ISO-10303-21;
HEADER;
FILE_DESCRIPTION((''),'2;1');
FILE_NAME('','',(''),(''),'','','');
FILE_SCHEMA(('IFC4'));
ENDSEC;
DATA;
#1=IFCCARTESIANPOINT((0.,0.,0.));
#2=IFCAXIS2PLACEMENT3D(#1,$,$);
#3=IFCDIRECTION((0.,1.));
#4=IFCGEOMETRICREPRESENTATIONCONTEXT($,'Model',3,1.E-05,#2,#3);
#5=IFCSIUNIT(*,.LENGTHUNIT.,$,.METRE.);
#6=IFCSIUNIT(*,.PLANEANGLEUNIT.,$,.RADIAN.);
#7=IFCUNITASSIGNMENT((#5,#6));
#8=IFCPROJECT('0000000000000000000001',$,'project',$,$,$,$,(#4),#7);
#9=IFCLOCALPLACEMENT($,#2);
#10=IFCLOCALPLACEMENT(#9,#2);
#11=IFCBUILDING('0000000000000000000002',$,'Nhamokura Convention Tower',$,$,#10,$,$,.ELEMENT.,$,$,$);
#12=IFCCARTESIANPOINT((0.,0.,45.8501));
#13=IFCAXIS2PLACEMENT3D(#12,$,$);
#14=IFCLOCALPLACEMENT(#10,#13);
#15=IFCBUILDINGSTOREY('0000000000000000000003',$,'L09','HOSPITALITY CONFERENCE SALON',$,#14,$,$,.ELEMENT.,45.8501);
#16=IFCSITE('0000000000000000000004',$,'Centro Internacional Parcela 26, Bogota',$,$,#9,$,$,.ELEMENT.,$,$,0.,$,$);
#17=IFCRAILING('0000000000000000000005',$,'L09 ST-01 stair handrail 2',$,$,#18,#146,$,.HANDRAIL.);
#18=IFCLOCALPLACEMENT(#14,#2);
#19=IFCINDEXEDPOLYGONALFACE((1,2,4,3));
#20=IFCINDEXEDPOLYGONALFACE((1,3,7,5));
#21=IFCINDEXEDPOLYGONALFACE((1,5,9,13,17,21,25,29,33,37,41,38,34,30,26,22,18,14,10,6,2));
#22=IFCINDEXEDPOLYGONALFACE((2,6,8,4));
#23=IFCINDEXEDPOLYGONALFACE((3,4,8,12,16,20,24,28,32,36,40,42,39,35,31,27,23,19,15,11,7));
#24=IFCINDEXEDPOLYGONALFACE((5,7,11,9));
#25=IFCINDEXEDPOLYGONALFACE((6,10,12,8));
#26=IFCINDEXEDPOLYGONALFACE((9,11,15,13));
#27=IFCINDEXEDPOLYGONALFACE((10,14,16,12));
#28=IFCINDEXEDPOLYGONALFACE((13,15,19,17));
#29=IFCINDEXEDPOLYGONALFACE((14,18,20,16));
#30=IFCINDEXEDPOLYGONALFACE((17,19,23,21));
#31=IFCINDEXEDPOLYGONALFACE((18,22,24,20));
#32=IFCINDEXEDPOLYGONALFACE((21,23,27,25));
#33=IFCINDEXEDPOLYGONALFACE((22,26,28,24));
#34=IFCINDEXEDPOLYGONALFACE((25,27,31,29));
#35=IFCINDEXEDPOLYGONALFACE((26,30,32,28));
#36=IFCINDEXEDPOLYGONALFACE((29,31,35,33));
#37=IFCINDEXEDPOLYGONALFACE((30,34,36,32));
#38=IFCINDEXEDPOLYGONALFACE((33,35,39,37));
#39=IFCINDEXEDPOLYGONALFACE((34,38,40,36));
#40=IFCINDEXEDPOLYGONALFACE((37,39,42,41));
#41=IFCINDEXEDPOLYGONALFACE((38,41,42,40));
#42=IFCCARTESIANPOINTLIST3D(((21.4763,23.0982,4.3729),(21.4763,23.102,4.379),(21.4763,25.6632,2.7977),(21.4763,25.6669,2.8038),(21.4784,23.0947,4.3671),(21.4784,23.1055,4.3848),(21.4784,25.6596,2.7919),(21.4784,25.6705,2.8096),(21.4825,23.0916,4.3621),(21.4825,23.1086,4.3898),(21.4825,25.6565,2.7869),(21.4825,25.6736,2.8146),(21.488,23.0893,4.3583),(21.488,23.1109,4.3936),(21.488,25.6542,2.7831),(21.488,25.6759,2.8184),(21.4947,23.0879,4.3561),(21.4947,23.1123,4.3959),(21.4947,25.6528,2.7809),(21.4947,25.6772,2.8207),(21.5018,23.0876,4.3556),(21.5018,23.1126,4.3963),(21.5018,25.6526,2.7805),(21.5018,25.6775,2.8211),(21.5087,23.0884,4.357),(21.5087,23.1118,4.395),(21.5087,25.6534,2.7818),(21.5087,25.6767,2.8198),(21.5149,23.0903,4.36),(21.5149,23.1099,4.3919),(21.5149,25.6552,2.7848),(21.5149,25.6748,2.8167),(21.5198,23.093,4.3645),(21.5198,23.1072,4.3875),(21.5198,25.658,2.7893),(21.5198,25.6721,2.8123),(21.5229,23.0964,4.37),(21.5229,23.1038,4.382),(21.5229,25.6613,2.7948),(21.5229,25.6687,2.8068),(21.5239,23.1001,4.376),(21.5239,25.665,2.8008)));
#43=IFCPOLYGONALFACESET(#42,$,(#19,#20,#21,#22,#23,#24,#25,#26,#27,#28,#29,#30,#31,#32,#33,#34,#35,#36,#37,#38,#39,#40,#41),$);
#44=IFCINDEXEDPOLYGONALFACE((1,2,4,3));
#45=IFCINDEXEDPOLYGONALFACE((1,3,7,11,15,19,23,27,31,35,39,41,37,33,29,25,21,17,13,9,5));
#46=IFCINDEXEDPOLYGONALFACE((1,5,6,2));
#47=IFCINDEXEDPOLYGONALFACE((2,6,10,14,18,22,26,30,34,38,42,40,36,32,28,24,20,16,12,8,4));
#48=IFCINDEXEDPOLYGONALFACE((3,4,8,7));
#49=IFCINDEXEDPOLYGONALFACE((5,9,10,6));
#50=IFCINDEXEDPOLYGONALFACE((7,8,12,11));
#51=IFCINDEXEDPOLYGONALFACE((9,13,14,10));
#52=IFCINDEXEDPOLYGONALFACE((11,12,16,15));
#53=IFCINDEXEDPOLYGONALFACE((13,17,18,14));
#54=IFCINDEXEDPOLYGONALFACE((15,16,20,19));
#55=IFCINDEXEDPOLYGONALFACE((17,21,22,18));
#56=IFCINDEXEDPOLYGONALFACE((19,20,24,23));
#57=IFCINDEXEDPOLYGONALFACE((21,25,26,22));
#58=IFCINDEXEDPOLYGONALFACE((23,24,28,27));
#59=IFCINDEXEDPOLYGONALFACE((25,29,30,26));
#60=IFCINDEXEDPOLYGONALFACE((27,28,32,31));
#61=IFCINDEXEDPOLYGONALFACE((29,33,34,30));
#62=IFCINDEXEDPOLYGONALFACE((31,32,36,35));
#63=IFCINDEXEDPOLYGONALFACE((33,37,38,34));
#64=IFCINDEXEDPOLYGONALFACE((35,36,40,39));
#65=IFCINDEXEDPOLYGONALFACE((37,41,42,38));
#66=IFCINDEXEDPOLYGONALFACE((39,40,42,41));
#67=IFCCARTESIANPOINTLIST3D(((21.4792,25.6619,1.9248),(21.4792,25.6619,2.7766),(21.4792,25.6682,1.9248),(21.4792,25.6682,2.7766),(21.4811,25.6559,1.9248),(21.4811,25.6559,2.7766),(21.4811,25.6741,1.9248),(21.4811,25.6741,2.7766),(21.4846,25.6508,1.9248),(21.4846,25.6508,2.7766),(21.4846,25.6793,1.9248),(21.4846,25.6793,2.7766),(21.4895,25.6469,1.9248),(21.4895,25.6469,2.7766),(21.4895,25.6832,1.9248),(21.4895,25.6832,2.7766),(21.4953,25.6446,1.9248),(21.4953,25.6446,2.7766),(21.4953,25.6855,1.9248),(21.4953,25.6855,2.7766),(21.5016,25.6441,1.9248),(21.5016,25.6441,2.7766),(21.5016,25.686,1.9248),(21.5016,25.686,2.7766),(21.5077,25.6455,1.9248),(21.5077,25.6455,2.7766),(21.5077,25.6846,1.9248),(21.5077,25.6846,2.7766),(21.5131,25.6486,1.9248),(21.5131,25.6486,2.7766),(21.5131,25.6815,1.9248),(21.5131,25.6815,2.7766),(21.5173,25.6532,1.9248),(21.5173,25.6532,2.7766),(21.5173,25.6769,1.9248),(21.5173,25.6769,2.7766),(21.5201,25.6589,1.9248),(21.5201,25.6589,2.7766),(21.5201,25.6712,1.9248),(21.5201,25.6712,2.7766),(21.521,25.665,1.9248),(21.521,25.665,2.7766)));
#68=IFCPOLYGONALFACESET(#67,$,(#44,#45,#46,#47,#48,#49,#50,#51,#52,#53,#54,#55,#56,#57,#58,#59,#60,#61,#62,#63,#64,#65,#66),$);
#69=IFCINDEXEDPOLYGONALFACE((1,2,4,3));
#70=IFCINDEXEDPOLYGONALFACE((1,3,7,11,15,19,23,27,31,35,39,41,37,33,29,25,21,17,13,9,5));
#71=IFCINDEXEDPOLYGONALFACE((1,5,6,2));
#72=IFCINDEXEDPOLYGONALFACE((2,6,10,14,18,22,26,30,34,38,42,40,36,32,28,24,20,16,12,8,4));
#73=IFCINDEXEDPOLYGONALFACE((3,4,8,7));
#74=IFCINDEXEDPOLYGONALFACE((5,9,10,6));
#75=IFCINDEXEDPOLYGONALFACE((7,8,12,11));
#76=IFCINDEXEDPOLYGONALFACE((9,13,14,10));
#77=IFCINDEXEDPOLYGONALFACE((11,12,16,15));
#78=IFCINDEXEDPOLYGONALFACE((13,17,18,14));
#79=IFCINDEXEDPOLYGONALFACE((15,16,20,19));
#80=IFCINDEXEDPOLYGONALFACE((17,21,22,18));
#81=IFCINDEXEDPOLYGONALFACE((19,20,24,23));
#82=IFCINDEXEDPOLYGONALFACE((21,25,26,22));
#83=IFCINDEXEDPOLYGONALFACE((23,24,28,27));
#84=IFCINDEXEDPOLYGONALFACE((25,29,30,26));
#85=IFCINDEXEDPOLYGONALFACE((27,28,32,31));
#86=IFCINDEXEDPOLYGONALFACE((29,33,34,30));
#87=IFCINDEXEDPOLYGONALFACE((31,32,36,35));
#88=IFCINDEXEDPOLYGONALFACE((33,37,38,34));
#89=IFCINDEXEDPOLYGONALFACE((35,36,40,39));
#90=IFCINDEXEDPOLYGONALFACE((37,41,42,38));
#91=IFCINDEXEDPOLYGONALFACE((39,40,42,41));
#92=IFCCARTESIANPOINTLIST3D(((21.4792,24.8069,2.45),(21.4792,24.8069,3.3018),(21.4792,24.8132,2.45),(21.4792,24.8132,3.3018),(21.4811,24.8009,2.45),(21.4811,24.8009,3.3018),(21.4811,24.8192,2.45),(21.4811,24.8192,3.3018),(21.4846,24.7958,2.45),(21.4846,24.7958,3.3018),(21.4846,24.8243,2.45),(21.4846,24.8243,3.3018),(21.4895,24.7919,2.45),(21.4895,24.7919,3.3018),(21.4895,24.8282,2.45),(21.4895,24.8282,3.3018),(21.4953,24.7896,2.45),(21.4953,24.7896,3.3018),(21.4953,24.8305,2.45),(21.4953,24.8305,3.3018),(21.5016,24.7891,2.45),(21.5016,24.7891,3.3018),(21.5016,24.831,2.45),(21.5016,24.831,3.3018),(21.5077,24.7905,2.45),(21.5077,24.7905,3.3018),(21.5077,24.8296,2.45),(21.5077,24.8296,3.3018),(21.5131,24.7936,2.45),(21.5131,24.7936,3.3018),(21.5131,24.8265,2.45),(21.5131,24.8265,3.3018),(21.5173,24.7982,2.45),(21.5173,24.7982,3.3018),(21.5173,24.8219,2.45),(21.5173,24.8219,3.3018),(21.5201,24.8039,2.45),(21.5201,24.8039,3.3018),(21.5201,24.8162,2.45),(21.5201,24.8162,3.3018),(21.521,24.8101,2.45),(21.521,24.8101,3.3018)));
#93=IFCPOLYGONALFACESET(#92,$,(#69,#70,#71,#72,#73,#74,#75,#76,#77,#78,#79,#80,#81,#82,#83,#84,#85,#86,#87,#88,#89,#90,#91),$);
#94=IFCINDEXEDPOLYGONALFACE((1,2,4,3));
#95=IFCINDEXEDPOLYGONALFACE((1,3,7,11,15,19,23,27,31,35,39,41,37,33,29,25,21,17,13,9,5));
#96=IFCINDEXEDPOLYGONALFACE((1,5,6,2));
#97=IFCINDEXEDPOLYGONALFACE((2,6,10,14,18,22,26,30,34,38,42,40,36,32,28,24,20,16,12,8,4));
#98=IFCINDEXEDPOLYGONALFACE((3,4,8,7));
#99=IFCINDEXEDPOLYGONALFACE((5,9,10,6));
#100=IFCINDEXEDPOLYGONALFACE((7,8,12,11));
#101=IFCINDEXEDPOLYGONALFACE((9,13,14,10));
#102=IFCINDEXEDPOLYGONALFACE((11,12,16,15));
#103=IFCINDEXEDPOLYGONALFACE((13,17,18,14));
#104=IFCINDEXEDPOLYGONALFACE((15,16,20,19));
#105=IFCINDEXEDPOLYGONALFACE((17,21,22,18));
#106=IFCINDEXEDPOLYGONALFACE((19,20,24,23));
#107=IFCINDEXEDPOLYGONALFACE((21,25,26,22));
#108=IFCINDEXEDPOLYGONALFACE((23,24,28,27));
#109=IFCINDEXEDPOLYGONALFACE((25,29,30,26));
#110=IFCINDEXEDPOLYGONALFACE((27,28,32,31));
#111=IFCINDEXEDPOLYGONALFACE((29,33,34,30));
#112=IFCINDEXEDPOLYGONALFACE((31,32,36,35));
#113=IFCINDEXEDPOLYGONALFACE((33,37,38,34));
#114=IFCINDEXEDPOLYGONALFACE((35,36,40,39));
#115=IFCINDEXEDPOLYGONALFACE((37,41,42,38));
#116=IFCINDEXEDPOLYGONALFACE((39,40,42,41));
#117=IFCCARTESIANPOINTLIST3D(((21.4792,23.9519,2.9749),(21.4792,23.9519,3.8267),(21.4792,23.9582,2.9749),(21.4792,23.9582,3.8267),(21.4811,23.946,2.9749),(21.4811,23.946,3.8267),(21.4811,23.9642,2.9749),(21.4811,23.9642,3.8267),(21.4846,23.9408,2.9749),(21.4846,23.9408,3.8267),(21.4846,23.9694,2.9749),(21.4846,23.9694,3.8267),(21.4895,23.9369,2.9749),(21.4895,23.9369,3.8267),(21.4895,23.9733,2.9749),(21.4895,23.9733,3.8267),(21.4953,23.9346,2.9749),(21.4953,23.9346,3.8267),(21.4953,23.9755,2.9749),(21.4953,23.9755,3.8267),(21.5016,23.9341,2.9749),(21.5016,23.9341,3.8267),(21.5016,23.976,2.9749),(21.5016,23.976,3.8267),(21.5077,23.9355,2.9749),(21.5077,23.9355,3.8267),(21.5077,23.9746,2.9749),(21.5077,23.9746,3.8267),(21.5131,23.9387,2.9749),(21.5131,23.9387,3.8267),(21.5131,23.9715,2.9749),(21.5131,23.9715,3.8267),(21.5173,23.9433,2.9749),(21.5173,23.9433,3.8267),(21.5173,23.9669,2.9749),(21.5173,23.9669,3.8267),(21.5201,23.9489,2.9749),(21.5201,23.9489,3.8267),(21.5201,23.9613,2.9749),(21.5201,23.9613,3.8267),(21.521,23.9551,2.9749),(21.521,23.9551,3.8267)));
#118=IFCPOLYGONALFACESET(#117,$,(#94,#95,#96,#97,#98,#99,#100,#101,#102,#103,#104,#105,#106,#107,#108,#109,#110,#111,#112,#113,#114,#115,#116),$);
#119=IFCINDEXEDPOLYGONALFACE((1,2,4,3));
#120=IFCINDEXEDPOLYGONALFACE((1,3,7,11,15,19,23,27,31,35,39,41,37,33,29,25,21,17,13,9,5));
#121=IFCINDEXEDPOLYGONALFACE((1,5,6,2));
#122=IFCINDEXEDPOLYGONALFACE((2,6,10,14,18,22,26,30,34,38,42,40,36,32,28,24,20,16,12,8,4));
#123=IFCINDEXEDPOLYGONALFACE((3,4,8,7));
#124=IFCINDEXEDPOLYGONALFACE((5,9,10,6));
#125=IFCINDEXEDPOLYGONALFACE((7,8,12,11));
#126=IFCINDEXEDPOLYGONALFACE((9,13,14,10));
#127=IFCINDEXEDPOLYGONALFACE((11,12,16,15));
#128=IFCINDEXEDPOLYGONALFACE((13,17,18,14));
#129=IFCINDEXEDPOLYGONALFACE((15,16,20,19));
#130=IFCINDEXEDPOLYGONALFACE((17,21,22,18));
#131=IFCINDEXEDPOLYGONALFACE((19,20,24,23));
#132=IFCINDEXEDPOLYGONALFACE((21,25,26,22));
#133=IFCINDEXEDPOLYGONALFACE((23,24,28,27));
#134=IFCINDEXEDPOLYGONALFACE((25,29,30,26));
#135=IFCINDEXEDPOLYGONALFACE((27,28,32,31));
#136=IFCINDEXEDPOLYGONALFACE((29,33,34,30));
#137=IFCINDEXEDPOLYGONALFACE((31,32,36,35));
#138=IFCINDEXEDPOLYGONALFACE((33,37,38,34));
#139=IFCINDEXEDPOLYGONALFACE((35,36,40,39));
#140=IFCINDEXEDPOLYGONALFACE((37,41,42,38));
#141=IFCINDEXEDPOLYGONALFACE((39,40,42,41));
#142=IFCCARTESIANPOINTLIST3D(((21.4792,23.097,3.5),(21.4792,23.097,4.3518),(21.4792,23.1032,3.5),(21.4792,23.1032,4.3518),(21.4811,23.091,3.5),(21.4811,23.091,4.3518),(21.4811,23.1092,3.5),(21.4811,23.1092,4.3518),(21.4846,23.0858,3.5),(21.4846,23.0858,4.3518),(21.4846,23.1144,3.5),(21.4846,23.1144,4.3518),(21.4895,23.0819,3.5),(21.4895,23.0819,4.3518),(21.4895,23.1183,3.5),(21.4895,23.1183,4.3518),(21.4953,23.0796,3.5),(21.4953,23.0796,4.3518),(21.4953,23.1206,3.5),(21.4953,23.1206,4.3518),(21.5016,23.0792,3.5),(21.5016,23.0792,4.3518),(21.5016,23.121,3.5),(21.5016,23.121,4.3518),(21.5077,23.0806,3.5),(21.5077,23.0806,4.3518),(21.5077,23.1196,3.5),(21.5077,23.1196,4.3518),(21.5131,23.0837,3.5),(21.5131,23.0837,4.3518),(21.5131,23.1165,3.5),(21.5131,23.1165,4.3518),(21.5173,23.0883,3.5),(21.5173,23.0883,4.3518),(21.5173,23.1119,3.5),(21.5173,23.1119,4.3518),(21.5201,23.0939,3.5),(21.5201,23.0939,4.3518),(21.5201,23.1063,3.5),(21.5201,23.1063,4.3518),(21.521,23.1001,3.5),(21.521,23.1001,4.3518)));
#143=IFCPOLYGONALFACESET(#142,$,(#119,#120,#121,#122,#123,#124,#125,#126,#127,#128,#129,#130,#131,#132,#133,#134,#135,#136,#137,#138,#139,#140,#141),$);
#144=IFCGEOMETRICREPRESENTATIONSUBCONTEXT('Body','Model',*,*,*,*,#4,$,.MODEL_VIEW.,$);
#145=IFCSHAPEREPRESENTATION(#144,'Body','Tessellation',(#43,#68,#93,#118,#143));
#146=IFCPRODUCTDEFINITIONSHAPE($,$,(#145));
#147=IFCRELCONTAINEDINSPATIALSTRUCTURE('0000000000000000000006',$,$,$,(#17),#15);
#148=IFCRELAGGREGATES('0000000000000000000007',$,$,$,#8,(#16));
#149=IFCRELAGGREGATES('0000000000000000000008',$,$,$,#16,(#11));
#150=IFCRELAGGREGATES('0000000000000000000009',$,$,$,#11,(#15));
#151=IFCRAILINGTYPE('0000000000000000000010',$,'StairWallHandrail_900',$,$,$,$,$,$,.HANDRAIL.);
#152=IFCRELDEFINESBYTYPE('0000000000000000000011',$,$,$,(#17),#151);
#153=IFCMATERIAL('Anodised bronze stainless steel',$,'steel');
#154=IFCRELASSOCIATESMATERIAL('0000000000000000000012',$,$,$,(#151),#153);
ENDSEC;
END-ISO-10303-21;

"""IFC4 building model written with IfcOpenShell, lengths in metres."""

from ifc_helpers import new_model, si_unit, direction, frame, origin, origin_2d, place, context, subcontext, project, spatial, circle, extrude, material, type_object, element, save


model = new_model("IFC4")

# Units and contexts
model_context = context("Model", 3, precision=1e-05, world=origin(), true_north=direction((0.0, 1.0)))
body_context = subcontext(model_context, "Body", "Model", "MODEL_VIEW")
ifc_project = project(units=[si_unit("LENGTHUNIT", "METRE"), si_unit("PLANEANGLEUNIT", "RADIAN")], contexts=[model_context])

# Site, building, storey
site_placement = place(None, origin())
site = spatial("IfcSite", under=ifc_project, at=site_placement, Name="Centro Internacional Parcela 26, Bogota", CompositionType="ELEMENT", RefElevation=0.0)
building_placement = place(site_placement, origin())
building = spatial("IfcBuilding", under=site, at=building_placement, Name="Nhamokura Convention Tower", CompositionType="ELEMENT")
storey_placement = place(building_placement, frame((0.0, 0.0, 45.8501)))
storey = spatial("IfcBuildingStorey", under=building, at=storey_placement, Name="L09", Description="HOSPITALITY CONFERENCE SALON", CompositionType="ELEMENT", Elevation=45.8501)

# Railing
ifc_material_1 = material(Name="Anodised bronze stainless steel", Category="steel")
railing_type_1 = type_object("IfcRailingType", Name="StairWallHandrail_900", PredefinedType="HANDRAIL", material=ifc_material_1)
railing_1_placement = place(storey_placement, frame((21.5, 25.665, 1.9248)))
element("IfcRailing", 1, at=railing_1_placement, inside=storey, type_object=railing_type_1, Name="L09 ST-01 stair handrail 2", PredefinedType="HANDRAIL", context=body_context, shape_type="SweptSolid", body=[
    extrude(circle(Radius=0.0239, at=origin_2d()), frame((0.0, 0.0, 0.876), z_axis=(0.0, -0.852137, 0.523319), x_axis=(1.0, 0.0, 0.0)), (0.0, 0.0, 1.0), 3.01),
    extrude(circle(Radius=0.021, at=origin_2d()), origin(), (0.0, 0.0, 1.0), 0.8518),
    extrude(circle(Radius=0.021, at=origin_2d()), frame((0.0, -0.855, 0.5251)), (0.0, 0.0, 1.0), 0.8518),
    extrude(circle(Radius=0.021, at=origin_2d()), frame((0.0, -1.71, 1.05)), (0.0, 0.0, 1.0), 0.8518),
    extrude(circle(Radius=0.021, at=origin_2d()), frame((0.0, -2.5649, 1.5752)), (0.0, 0.0, 1.0), 0.8518),
])

save(model, "model.ifc")
